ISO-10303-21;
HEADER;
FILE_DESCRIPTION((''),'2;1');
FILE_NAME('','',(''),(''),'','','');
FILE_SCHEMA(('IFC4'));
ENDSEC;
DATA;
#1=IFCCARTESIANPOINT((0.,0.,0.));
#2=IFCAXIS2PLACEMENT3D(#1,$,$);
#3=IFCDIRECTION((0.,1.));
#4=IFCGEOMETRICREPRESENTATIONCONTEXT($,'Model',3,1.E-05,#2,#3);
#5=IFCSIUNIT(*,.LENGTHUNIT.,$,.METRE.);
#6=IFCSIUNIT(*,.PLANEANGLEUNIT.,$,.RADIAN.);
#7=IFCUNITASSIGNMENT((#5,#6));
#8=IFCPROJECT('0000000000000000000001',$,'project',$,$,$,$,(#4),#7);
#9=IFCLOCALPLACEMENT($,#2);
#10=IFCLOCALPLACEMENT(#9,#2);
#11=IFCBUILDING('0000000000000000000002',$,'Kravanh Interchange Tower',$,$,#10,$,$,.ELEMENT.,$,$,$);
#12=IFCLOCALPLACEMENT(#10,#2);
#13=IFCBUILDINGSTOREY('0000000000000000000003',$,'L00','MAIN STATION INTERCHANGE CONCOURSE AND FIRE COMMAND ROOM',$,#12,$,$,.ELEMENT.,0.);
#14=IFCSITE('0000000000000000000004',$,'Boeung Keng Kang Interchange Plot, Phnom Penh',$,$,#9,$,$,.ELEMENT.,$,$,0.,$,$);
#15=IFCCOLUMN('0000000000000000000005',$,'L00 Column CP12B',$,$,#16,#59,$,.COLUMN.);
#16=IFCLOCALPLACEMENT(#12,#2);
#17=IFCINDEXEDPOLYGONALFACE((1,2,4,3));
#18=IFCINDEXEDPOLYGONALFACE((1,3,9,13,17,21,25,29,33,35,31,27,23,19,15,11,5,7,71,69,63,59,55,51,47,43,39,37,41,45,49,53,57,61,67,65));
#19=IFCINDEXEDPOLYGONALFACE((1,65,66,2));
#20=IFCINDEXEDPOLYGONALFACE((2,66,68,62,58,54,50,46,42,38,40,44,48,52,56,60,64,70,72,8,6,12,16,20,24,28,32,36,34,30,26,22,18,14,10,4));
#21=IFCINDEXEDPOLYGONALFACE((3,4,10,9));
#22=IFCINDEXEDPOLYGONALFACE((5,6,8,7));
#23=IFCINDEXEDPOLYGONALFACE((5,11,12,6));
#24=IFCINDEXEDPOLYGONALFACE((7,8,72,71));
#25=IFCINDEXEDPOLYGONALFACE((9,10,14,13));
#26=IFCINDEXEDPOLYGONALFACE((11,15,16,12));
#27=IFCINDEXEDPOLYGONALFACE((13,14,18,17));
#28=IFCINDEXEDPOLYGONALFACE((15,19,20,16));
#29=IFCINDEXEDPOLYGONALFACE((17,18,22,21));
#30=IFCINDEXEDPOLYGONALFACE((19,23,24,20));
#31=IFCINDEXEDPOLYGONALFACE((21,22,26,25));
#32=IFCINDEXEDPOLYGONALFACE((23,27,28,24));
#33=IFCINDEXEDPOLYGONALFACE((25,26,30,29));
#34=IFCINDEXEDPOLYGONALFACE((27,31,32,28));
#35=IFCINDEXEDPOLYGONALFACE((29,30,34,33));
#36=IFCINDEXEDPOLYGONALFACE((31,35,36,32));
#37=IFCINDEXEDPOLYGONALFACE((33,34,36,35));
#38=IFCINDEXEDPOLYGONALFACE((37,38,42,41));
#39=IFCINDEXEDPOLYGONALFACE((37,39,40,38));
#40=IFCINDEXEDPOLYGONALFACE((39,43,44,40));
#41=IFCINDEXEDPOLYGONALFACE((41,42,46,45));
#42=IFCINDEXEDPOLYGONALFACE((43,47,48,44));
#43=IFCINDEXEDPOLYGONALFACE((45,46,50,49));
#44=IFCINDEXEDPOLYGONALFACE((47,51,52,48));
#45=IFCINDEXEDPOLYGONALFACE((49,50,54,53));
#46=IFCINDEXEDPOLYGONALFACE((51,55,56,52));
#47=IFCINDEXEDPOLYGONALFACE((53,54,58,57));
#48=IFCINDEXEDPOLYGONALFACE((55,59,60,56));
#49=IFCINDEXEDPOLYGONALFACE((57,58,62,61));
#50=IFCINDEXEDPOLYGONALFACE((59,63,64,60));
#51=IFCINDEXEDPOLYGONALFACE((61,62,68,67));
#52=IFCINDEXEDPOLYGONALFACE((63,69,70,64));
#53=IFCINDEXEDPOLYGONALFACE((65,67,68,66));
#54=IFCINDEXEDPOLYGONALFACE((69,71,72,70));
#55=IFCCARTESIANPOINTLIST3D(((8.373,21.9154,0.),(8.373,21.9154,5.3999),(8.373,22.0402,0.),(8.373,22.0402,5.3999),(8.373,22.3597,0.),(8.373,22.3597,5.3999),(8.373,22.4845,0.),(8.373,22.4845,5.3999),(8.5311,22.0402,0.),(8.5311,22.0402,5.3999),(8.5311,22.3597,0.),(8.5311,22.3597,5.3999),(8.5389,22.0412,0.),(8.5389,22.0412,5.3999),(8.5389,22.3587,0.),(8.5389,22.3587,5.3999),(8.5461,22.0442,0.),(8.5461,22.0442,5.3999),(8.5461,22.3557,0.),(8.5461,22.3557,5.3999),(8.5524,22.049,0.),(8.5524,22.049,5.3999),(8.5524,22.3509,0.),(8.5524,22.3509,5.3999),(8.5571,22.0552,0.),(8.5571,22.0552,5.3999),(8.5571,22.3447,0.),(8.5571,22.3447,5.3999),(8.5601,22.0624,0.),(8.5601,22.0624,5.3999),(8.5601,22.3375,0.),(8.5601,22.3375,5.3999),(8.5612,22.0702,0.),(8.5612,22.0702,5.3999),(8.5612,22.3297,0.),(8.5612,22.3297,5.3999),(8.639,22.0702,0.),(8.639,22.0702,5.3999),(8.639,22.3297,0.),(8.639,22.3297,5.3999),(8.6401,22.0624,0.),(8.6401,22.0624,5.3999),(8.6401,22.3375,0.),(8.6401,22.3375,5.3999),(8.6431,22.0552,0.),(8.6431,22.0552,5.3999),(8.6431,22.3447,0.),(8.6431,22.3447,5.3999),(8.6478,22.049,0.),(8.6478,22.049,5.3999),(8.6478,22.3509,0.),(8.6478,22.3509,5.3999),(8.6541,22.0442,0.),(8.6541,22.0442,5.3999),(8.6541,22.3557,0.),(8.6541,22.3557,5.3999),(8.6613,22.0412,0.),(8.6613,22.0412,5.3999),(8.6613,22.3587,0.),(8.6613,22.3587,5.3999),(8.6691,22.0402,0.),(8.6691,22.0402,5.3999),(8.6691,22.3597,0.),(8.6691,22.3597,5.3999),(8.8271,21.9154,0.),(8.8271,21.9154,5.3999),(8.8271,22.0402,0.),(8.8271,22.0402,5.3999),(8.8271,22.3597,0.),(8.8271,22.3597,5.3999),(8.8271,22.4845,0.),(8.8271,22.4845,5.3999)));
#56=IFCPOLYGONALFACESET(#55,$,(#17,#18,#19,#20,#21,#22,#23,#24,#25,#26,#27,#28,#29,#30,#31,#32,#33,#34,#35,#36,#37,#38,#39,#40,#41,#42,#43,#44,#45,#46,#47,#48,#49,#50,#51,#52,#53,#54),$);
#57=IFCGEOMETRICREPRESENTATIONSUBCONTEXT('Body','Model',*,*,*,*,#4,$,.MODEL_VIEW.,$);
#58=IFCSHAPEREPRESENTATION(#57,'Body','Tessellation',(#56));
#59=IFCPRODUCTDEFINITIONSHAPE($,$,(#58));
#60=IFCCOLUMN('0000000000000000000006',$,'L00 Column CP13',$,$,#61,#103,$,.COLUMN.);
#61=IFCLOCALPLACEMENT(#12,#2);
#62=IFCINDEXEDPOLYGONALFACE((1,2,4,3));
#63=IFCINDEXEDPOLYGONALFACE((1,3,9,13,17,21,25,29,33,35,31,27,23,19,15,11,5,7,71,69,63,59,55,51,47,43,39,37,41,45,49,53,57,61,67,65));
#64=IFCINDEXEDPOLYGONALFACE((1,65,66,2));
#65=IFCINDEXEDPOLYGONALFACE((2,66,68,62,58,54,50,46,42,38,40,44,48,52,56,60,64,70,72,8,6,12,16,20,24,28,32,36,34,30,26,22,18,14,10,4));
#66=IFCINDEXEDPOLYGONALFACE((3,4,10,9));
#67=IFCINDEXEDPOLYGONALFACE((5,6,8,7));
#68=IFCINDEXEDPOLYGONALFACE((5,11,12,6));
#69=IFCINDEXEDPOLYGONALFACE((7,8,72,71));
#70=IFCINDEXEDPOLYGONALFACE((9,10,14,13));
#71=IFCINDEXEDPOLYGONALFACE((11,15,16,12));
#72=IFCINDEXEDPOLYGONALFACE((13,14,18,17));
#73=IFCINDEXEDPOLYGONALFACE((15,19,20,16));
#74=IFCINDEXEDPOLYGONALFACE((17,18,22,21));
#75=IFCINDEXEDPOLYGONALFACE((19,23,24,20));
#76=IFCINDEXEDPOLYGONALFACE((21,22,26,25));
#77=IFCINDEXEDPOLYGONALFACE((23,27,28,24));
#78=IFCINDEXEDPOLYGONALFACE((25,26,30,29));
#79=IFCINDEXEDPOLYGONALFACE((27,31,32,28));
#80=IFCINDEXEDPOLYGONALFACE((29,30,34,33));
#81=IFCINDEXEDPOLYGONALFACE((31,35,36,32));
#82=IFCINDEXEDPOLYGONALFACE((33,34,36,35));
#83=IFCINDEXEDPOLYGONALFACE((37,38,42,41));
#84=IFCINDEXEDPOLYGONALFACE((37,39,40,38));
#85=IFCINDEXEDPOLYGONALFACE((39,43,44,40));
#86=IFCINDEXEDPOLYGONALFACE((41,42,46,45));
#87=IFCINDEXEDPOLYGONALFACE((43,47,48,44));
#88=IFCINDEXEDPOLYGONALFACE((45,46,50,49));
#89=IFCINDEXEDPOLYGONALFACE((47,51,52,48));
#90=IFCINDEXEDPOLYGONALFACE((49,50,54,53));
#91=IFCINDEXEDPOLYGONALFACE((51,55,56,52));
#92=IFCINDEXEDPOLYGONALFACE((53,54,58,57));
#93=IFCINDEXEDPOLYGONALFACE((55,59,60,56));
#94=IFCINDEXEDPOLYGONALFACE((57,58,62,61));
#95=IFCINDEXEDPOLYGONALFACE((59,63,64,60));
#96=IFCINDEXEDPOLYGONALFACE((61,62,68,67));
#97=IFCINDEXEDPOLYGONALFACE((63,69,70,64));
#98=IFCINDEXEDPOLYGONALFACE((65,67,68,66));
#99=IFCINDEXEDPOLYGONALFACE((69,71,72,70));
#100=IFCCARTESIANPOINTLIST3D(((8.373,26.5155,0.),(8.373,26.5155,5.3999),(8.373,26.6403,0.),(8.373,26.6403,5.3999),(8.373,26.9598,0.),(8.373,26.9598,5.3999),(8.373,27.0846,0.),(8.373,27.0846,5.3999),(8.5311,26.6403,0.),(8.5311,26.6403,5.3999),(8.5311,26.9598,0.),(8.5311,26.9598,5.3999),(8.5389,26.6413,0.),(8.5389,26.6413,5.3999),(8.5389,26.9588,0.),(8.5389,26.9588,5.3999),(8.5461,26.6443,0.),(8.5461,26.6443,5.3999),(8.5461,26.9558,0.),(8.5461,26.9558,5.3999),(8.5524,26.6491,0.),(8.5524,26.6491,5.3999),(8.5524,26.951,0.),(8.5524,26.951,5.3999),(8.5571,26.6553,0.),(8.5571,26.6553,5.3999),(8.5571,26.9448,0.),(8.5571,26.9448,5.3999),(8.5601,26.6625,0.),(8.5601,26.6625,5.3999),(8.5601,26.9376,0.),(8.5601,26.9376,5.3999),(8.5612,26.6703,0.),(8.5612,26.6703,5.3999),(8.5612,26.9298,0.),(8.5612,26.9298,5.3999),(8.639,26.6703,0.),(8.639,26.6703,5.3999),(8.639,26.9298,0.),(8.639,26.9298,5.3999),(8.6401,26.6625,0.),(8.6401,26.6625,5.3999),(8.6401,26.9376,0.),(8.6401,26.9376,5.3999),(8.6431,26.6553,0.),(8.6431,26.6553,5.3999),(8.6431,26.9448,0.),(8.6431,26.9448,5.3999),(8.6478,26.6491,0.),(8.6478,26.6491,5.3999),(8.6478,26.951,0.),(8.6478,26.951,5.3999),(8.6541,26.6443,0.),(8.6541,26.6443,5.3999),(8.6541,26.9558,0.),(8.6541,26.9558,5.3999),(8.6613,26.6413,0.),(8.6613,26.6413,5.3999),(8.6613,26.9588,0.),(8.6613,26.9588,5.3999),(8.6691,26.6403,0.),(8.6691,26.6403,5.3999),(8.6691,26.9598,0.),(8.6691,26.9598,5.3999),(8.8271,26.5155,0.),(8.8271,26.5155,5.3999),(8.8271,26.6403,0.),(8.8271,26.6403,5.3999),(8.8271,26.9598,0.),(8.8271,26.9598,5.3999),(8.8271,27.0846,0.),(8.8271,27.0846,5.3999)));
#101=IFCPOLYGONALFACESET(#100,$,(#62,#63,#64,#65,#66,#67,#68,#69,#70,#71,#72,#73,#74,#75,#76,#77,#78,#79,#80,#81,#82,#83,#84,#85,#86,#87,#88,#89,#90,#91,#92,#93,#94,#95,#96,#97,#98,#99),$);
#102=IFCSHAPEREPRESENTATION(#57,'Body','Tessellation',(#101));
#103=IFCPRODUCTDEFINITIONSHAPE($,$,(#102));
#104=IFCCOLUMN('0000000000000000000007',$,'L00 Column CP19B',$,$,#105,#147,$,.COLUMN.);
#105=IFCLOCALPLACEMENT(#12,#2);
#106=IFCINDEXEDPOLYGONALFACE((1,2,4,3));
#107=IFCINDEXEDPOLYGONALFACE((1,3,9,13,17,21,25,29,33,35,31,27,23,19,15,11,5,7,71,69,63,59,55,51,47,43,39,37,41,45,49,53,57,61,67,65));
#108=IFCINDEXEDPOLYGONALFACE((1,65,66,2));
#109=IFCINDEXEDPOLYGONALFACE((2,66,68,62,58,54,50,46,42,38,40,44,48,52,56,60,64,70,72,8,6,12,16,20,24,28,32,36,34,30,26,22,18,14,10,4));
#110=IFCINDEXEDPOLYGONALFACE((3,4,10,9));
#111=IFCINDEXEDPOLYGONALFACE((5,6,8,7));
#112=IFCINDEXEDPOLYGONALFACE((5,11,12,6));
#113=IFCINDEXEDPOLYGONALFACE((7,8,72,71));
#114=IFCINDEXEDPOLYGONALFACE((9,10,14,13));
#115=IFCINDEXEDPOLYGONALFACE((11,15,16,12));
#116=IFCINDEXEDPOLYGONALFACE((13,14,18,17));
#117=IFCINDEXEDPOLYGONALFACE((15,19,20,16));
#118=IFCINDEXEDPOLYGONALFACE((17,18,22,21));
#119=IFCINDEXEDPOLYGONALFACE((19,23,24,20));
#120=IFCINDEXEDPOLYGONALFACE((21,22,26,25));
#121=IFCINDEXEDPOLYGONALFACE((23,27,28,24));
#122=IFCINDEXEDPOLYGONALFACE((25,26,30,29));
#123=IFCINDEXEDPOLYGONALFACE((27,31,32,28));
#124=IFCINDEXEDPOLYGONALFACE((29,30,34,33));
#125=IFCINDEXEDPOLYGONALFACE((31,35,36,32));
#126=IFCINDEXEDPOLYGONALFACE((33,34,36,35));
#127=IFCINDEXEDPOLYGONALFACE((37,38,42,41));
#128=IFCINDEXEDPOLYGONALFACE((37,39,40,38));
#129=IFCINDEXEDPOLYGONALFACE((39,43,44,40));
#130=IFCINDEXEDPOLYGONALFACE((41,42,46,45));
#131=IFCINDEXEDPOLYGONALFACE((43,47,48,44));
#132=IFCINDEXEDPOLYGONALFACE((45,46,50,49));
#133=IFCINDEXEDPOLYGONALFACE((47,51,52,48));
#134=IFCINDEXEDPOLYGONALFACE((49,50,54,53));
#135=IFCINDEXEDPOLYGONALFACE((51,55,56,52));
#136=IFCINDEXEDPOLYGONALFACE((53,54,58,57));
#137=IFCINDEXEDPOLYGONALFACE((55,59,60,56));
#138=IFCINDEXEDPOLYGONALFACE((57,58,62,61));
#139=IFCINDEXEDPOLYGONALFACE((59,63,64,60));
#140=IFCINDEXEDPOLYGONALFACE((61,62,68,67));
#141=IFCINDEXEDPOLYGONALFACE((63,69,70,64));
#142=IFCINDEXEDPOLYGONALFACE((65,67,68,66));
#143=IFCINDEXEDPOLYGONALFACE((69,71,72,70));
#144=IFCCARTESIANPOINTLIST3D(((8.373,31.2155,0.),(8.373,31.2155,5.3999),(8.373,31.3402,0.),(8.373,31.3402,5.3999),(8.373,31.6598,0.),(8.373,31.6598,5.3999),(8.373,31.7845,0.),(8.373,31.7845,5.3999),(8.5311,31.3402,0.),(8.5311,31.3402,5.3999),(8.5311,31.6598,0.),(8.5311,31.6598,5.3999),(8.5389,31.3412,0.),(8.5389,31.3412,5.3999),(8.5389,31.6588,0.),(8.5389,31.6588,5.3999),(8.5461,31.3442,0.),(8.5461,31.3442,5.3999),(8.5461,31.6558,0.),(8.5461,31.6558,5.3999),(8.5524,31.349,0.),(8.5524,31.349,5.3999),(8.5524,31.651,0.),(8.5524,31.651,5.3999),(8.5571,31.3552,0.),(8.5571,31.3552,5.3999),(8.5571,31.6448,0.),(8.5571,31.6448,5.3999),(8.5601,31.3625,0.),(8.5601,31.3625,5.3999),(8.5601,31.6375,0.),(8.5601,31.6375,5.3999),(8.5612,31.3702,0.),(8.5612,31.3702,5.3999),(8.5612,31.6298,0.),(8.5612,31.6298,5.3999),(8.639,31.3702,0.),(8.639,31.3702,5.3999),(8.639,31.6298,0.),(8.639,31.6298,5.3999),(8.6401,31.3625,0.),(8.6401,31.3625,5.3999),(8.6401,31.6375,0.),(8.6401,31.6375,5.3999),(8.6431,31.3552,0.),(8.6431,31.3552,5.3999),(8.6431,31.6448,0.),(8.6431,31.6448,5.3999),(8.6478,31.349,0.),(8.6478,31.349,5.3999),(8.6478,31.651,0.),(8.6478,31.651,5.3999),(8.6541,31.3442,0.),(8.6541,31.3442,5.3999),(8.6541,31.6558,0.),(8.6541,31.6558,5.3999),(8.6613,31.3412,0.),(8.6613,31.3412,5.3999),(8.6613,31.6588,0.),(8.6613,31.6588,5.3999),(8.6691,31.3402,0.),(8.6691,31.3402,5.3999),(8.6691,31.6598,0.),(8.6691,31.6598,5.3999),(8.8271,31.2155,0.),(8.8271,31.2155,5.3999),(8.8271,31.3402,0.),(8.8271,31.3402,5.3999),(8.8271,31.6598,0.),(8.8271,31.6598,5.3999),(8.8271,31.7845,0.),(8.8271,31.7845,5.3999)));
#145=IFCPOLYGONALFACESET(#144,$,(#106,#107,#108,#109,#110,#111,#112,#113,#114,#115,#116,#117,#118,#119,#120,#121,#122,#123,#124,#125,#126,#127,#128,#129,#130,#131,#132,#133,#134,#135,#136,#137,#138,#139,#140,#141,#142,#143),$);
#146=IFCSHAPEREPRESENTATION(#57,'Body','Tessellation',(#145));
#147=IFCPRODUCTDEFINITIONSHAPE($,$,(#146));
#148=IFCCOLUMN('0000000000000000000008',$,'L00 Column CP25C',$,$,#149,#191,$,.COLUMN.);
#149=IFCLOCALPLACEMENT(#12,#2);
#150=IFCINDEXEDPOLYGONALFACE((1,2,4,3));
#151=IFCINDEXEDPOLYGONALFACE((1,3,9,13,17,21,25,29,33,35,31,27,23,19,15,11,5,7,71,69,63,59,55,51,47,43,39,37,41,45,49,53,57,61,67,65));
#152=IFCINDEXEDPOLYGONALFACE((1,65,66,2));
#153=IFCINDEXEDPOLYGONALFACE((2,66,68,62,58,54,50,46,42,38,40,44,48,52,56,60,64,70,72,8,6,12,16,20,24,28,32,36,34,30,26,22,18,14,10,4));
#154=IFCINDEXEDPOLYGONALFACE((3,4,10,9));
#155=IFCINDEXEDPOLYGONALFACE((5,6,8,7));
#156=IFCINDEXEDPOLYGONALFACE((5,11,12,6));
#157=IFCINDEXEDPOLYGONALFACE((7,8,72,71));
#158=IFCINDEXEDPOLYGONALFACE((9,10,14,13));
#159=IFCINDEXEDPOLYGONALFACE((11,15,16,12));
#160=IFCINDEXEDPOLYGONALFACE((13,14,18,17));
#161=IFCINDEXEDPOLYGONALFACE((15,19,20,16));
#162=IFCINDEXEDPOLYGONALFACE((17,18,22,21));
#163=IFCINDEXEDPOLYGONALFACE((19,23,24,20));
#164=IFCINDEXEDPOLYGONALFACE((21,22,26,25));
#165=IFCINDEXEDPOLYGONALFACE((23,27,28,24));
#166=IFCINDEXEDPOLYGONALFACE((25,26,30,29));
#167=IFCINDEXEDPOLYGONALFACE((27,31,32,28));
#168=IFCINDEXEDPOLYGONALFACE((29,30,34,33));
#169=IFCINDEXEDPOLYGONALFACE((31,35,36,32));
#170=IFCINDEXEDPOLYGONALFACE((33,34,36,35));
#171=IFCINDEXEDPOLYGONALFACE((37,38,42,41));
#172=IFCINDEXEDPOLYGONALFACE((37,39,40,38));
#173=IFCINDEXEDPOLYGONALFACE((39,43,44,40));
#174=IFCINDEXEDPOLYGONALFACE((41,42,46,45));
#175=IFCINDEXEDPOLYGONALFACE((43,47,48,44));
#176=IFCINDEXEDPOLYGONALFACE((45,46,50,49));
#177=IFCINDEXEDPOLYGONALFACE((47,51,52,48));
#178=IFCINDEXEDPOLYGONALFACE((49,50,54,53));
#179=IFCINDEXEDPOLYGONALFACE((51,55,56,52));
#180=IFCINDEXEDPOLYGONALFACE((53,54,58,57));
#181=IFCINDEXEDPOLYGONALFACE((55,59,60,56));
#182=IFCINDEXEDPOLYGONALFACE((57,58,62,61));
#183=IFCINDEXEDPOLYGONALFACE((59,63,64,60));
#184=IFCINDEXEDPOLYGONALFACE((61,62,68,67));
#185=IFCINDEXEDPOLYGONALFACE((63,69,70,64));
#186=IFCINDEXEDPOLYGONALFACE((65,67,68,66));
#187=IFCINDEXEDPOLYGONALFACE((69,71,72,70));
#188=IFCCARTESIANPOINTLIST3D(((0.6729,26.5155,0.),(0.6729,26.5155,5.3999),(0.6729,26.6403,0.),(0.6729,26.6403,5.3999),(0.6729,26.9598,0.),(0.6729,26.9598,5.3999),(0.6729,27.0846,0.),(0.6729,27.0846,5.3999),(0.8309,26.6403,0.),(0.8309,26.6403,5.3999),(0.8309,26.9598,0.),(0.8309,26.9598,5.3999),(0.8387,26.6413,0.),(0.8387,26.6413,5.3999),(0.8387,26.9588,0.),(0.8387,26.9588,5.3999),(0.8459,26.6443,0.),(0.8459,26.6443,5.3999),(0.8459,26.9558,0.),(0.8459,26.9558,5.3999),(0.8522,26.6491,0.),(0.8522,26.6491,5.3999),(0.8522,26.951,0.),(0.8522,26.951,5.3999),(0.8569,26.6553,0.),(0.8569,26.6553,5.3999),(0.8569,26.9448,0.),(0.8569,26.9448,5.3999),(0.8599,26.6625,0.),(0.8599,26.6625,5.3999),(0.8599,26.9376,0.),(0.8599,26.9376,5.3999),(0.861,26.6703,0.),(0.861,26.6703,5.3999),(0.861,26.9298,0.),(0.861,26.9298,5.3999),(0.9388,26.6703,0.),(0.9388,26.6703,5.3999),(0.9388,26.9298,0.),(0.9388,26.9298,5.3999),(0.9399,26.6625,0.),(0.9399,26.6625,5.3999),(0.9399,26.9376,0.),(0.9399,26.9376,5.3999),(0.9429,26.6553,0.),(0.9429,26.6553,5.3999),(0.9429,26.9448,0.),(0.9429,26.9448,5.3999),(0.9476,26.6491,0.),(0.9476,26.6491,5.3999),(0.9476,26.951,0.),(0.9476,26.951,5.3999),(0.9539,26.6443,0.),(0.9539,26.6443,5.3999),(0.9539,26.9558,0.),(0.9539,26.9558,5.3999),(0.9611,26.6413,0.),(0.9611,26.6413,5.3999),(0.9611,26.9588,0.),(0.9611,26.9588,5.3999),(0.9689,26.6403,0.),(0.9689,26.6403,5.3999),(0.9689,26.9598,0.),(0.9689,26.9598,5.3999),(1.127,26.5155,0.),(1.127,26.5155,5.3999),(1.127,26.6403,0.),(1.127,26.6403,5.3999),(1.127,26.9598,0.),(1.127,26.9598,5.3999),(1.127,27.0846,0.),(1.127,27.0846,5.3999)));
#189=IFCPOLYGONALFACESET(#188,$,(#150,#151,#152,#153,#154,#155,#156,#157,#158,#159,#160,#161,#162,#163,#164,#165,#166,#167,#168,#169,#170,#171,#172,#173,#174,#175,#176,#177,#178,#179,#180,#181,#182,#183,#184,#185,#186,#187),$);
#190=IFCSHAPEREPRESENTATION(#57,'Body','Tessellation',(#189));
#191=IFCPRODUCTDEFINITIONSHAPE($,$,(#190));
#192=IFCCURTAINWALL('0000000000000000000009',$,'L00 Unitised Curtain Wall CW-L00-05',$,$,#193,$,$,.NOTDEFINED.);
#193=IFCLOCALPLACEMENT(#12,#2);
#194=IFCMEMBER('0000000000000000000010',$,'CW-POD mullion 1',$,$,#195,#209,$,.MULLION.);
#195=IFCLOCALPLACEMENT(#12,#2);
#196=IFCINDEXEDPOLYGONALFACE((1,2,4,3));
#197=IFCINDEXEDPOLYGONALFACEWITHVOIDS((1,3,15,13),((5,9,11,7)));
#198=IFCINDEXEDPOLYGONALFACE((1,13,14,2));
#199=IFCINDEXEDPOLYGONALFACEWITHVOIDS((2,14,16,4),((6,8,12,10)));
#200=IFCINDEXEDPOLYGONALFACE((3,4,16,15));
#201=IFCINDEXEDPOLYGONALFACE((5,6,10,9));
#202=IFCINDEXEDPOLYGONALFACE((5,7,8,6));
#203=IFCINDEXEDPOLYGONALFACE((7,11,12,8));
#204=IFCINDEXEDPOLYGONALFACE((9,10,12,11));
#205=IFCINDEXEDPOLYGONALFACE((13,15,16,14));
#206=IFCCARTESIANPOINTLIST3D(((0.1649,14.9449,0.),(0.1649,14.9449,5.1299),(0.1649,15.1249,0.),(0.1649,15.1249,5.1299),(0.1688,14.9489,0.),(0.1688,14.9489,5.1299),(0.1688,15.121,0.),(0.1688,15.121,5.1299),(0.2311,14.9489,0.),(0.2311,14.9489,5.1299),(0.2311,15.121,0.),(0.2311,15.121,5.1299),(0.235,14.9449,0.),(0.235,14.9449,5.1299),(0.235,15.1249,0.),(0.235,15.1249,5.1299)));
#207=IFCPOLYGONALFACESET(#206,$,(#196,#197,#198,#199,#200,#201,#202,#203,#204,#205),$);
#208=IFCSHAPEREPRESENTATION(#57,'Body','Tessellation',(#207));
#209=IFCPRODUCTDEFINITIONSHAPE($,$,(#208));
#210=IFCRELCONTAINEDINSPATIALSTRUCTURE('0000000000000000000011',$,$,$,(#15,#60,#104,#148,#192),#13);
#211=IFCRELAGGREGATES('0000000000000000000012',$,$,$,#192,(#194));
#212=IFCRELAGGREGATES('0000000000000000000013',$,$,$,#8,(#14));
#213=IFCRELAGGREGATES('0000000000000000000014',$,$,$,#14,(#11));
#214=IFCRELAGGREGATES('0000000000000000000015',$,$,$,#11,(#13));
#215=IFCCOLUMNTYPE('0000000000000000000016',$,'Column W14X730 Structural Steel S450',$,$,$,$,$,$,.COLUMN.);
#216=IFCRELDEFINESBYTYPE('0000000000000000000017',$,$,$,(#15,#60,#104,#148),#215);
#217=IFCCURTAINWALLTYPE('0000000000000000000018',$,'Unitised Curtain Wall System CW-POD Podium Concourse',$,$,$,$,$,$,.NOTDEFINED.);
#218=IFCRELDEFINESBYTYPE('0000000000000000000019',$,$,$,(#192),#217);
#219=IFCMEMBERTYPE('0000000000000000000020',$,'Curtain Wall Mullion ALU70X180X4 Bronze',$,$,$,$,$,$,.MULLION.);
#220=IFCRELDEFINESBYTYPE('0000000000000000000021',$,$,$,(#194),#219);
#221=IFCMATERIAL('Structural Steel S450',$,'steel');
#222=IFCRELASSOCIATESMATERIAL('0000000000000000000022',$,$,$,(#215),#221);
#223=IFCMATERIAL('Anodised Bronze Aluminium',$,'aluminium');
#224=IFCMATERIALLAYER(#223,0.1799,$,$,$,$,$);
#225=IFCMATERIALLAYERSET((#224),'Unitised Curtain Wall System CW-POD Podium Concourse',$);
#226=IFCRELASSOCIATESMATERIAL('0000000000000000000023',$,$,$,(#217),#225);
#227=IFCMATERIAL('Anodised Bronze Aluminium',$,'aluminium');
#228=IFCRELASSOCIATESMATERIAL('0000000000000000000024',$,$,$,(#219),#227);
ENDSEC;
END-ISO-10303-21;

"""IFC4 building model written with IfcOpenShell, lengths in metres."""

from ifc_helpers import new_model, si_unit, direction, frame, origin, origin_2d, place, context, subcontext, project, spatial, hollow_rectangle, i_section, extrude, material, layer, layer_set, material_profile, profile_set, type_object, element, aggregate, save


model = new_model("IFC4")

# Units and contexts
model_context = context("Model", 3, precision=1e-05, world=origin(), true_north=direction((0.0, 1.0)))
body_context = subcontext(model_context, "Body", "Model", "MODEL_VIEW")
ifc_project = project(units=[si_unit("LENGTHUNIT", "METRE"), si_unit("PLANEANGLEUNIT", "RADIAN")], contexts=[model_context])

# Site, building, storey
site_placement = place(None, origin())
site = spatial("IfcSite", under=ifc_project, at=site_placement, Name="Boeung Keng Kang Interchange Plot, Phnom Penh", CompositionType="ELEMENT", RefElevation=0.0)
building_placement = place(site_placement, origin())
building = spatial("IfcBuilding", under=site, at=building_placement, Name="Kravanh Interchange Tower", CompositionType="ELEMENT")
storey_placement = place(building_placement, origin())
storey = spatial("IfcBuildingStorey", under=building, at=storey_placement, Name="L00", Description="MAIN STATION INTERCHANGE CONCOURSE AND FIRE COMMAND ROOM", CompositionType="ELEMENT", Elevation=0.0)

# Columns
ifc_material_1 = material(Name="Structural Steel S450", Category="steel")
ifc_material_profile_1 = material_profile(ifc_material_1, i_section(OverallWidth=0.4541, OverallDepth=0.5691, WebThickness=0.0779, FlangeThickness=0.1248, FilletRadius=0.03, at=origin_2d()), Name="W14X730")
ifc_profile_set_1 = profile_set([ifc_material_profile_1], Name="Structural Steel S450")
column_type = type_object("IfcColumnType", Name="Column W14X730 Structural Steel S450", PredefinedType="COLUMN", material=ifc_profile_set_1)
for number, where, z_axis, x_axis, name in (
    (1, (8.6001, 22.2, 0.0), (0.0, 0.0, 1.0), (1.0, 0.0, 0.0), "L00 Column CP12B"),
    (2, (8.6001, 26.8, 0.0), (0.0, 0.0, 1.0), (1.0, 0.0, 0.0), "L00 Column CP13"),
    (3, (8.6001, 31.5, 0.0), (0.0, 0.0, 1.0), (1.0, 0.0, 0.0), "L00 Column CP19B"),
    (4, (0.8999, 26.8, 0.0), (0.0, 0.0, 1.0), (1.0, 0.0, 0.0), "L00 Column CP25C"),
):
    element("IfcColumn", number, at=place(storey_placement, frame(where, z_axis=z_axis, x_axis=x_axis)), inside=storey, type_object=column_type, Name=name, PredefinedType="COLUMN", context=body_context, shape_type="SweptSolid", body=[
        extrude(i_section(OverallWidth=0.4541, OverallDepth=0.5691, WebThickness=0.0779, FlangeThickness=0.1248, FilletRadius=0.03, at=origin_2d()), origin(), (0.0, 0.0, 1.0), 5.3999),
    ])

# Curtain wall, member
ifc_material_2 = material(Name="Anodised Bronze Aluminium", Category="aluminium")
ifc_layer_1 = layer(ifc_material_2, 0.1799)
ifc_layer_set_1 = layer_set([ifc_layer_1], Name="Unitised Curtain Wall System CW-POD Podium Concourse")
curtain_wall_type = type_object("IfcCurtainWallType", Name="Unitised Curtain Wall System CW-POD Podium Concourse", PredefinedType="NOTDEFINED", material=ifc_layer_set_1)
curtain_wall_placement = place(storey_placement, origin())
curtain_wall = element("IfcCurtainWall", 5, at=curtain_wall_placement, inside=storey, type_object=curtain_wall_type, Name="L00 Unitised Curtain Wall CW-L00-05", PredefinedType="NOTDEFINED")
ifc_material_3 = material(Name="Anodised Bronze Aluminium", Category="aluminium")
ifc_material_profile_2 = material_profile(ifc_material_3, hollow_rectangle(XDim=0.0701, YDim=0.1799, WallThickness=0.0039, at=origin_2d()), Name="ALU70X180X4")
ifc_profile_set_2 = profile_set([ifc_material_profile_2], Name="Anodised Bronze Aluminium")
member_type_1 = type_object("IfcMemberType", Name="Curtain Wall Mullion ALU70X180X4 Bronze", PredefinedType="MULLION", material=ifc_profile_set_2)
member_1_placement = place(storey_placement, frame((0.2, 15.0349, 0.0), z_axis=(0.0, 0.0, 1.0), x_axis=(-1.0, 0.0, 0.0)))
member_1 = element("IfcMember", 6, at=member_1_placement, type_object=member_type_1, Name="CW-POD mullion 1", PredefinedType="MULLION", context=body_context, shape_type="SweptSolid", body=[
    extrude(hollow_rectangle(XDim=0.0701, YDim=0.1799, WallThickness=0.0039, at=origin_2d()), origin(), (0.0, 0.0, 1.0), 5.1299),
])

aggregate(curtain_wall, [member_1])

save(model, "model.ifc")
